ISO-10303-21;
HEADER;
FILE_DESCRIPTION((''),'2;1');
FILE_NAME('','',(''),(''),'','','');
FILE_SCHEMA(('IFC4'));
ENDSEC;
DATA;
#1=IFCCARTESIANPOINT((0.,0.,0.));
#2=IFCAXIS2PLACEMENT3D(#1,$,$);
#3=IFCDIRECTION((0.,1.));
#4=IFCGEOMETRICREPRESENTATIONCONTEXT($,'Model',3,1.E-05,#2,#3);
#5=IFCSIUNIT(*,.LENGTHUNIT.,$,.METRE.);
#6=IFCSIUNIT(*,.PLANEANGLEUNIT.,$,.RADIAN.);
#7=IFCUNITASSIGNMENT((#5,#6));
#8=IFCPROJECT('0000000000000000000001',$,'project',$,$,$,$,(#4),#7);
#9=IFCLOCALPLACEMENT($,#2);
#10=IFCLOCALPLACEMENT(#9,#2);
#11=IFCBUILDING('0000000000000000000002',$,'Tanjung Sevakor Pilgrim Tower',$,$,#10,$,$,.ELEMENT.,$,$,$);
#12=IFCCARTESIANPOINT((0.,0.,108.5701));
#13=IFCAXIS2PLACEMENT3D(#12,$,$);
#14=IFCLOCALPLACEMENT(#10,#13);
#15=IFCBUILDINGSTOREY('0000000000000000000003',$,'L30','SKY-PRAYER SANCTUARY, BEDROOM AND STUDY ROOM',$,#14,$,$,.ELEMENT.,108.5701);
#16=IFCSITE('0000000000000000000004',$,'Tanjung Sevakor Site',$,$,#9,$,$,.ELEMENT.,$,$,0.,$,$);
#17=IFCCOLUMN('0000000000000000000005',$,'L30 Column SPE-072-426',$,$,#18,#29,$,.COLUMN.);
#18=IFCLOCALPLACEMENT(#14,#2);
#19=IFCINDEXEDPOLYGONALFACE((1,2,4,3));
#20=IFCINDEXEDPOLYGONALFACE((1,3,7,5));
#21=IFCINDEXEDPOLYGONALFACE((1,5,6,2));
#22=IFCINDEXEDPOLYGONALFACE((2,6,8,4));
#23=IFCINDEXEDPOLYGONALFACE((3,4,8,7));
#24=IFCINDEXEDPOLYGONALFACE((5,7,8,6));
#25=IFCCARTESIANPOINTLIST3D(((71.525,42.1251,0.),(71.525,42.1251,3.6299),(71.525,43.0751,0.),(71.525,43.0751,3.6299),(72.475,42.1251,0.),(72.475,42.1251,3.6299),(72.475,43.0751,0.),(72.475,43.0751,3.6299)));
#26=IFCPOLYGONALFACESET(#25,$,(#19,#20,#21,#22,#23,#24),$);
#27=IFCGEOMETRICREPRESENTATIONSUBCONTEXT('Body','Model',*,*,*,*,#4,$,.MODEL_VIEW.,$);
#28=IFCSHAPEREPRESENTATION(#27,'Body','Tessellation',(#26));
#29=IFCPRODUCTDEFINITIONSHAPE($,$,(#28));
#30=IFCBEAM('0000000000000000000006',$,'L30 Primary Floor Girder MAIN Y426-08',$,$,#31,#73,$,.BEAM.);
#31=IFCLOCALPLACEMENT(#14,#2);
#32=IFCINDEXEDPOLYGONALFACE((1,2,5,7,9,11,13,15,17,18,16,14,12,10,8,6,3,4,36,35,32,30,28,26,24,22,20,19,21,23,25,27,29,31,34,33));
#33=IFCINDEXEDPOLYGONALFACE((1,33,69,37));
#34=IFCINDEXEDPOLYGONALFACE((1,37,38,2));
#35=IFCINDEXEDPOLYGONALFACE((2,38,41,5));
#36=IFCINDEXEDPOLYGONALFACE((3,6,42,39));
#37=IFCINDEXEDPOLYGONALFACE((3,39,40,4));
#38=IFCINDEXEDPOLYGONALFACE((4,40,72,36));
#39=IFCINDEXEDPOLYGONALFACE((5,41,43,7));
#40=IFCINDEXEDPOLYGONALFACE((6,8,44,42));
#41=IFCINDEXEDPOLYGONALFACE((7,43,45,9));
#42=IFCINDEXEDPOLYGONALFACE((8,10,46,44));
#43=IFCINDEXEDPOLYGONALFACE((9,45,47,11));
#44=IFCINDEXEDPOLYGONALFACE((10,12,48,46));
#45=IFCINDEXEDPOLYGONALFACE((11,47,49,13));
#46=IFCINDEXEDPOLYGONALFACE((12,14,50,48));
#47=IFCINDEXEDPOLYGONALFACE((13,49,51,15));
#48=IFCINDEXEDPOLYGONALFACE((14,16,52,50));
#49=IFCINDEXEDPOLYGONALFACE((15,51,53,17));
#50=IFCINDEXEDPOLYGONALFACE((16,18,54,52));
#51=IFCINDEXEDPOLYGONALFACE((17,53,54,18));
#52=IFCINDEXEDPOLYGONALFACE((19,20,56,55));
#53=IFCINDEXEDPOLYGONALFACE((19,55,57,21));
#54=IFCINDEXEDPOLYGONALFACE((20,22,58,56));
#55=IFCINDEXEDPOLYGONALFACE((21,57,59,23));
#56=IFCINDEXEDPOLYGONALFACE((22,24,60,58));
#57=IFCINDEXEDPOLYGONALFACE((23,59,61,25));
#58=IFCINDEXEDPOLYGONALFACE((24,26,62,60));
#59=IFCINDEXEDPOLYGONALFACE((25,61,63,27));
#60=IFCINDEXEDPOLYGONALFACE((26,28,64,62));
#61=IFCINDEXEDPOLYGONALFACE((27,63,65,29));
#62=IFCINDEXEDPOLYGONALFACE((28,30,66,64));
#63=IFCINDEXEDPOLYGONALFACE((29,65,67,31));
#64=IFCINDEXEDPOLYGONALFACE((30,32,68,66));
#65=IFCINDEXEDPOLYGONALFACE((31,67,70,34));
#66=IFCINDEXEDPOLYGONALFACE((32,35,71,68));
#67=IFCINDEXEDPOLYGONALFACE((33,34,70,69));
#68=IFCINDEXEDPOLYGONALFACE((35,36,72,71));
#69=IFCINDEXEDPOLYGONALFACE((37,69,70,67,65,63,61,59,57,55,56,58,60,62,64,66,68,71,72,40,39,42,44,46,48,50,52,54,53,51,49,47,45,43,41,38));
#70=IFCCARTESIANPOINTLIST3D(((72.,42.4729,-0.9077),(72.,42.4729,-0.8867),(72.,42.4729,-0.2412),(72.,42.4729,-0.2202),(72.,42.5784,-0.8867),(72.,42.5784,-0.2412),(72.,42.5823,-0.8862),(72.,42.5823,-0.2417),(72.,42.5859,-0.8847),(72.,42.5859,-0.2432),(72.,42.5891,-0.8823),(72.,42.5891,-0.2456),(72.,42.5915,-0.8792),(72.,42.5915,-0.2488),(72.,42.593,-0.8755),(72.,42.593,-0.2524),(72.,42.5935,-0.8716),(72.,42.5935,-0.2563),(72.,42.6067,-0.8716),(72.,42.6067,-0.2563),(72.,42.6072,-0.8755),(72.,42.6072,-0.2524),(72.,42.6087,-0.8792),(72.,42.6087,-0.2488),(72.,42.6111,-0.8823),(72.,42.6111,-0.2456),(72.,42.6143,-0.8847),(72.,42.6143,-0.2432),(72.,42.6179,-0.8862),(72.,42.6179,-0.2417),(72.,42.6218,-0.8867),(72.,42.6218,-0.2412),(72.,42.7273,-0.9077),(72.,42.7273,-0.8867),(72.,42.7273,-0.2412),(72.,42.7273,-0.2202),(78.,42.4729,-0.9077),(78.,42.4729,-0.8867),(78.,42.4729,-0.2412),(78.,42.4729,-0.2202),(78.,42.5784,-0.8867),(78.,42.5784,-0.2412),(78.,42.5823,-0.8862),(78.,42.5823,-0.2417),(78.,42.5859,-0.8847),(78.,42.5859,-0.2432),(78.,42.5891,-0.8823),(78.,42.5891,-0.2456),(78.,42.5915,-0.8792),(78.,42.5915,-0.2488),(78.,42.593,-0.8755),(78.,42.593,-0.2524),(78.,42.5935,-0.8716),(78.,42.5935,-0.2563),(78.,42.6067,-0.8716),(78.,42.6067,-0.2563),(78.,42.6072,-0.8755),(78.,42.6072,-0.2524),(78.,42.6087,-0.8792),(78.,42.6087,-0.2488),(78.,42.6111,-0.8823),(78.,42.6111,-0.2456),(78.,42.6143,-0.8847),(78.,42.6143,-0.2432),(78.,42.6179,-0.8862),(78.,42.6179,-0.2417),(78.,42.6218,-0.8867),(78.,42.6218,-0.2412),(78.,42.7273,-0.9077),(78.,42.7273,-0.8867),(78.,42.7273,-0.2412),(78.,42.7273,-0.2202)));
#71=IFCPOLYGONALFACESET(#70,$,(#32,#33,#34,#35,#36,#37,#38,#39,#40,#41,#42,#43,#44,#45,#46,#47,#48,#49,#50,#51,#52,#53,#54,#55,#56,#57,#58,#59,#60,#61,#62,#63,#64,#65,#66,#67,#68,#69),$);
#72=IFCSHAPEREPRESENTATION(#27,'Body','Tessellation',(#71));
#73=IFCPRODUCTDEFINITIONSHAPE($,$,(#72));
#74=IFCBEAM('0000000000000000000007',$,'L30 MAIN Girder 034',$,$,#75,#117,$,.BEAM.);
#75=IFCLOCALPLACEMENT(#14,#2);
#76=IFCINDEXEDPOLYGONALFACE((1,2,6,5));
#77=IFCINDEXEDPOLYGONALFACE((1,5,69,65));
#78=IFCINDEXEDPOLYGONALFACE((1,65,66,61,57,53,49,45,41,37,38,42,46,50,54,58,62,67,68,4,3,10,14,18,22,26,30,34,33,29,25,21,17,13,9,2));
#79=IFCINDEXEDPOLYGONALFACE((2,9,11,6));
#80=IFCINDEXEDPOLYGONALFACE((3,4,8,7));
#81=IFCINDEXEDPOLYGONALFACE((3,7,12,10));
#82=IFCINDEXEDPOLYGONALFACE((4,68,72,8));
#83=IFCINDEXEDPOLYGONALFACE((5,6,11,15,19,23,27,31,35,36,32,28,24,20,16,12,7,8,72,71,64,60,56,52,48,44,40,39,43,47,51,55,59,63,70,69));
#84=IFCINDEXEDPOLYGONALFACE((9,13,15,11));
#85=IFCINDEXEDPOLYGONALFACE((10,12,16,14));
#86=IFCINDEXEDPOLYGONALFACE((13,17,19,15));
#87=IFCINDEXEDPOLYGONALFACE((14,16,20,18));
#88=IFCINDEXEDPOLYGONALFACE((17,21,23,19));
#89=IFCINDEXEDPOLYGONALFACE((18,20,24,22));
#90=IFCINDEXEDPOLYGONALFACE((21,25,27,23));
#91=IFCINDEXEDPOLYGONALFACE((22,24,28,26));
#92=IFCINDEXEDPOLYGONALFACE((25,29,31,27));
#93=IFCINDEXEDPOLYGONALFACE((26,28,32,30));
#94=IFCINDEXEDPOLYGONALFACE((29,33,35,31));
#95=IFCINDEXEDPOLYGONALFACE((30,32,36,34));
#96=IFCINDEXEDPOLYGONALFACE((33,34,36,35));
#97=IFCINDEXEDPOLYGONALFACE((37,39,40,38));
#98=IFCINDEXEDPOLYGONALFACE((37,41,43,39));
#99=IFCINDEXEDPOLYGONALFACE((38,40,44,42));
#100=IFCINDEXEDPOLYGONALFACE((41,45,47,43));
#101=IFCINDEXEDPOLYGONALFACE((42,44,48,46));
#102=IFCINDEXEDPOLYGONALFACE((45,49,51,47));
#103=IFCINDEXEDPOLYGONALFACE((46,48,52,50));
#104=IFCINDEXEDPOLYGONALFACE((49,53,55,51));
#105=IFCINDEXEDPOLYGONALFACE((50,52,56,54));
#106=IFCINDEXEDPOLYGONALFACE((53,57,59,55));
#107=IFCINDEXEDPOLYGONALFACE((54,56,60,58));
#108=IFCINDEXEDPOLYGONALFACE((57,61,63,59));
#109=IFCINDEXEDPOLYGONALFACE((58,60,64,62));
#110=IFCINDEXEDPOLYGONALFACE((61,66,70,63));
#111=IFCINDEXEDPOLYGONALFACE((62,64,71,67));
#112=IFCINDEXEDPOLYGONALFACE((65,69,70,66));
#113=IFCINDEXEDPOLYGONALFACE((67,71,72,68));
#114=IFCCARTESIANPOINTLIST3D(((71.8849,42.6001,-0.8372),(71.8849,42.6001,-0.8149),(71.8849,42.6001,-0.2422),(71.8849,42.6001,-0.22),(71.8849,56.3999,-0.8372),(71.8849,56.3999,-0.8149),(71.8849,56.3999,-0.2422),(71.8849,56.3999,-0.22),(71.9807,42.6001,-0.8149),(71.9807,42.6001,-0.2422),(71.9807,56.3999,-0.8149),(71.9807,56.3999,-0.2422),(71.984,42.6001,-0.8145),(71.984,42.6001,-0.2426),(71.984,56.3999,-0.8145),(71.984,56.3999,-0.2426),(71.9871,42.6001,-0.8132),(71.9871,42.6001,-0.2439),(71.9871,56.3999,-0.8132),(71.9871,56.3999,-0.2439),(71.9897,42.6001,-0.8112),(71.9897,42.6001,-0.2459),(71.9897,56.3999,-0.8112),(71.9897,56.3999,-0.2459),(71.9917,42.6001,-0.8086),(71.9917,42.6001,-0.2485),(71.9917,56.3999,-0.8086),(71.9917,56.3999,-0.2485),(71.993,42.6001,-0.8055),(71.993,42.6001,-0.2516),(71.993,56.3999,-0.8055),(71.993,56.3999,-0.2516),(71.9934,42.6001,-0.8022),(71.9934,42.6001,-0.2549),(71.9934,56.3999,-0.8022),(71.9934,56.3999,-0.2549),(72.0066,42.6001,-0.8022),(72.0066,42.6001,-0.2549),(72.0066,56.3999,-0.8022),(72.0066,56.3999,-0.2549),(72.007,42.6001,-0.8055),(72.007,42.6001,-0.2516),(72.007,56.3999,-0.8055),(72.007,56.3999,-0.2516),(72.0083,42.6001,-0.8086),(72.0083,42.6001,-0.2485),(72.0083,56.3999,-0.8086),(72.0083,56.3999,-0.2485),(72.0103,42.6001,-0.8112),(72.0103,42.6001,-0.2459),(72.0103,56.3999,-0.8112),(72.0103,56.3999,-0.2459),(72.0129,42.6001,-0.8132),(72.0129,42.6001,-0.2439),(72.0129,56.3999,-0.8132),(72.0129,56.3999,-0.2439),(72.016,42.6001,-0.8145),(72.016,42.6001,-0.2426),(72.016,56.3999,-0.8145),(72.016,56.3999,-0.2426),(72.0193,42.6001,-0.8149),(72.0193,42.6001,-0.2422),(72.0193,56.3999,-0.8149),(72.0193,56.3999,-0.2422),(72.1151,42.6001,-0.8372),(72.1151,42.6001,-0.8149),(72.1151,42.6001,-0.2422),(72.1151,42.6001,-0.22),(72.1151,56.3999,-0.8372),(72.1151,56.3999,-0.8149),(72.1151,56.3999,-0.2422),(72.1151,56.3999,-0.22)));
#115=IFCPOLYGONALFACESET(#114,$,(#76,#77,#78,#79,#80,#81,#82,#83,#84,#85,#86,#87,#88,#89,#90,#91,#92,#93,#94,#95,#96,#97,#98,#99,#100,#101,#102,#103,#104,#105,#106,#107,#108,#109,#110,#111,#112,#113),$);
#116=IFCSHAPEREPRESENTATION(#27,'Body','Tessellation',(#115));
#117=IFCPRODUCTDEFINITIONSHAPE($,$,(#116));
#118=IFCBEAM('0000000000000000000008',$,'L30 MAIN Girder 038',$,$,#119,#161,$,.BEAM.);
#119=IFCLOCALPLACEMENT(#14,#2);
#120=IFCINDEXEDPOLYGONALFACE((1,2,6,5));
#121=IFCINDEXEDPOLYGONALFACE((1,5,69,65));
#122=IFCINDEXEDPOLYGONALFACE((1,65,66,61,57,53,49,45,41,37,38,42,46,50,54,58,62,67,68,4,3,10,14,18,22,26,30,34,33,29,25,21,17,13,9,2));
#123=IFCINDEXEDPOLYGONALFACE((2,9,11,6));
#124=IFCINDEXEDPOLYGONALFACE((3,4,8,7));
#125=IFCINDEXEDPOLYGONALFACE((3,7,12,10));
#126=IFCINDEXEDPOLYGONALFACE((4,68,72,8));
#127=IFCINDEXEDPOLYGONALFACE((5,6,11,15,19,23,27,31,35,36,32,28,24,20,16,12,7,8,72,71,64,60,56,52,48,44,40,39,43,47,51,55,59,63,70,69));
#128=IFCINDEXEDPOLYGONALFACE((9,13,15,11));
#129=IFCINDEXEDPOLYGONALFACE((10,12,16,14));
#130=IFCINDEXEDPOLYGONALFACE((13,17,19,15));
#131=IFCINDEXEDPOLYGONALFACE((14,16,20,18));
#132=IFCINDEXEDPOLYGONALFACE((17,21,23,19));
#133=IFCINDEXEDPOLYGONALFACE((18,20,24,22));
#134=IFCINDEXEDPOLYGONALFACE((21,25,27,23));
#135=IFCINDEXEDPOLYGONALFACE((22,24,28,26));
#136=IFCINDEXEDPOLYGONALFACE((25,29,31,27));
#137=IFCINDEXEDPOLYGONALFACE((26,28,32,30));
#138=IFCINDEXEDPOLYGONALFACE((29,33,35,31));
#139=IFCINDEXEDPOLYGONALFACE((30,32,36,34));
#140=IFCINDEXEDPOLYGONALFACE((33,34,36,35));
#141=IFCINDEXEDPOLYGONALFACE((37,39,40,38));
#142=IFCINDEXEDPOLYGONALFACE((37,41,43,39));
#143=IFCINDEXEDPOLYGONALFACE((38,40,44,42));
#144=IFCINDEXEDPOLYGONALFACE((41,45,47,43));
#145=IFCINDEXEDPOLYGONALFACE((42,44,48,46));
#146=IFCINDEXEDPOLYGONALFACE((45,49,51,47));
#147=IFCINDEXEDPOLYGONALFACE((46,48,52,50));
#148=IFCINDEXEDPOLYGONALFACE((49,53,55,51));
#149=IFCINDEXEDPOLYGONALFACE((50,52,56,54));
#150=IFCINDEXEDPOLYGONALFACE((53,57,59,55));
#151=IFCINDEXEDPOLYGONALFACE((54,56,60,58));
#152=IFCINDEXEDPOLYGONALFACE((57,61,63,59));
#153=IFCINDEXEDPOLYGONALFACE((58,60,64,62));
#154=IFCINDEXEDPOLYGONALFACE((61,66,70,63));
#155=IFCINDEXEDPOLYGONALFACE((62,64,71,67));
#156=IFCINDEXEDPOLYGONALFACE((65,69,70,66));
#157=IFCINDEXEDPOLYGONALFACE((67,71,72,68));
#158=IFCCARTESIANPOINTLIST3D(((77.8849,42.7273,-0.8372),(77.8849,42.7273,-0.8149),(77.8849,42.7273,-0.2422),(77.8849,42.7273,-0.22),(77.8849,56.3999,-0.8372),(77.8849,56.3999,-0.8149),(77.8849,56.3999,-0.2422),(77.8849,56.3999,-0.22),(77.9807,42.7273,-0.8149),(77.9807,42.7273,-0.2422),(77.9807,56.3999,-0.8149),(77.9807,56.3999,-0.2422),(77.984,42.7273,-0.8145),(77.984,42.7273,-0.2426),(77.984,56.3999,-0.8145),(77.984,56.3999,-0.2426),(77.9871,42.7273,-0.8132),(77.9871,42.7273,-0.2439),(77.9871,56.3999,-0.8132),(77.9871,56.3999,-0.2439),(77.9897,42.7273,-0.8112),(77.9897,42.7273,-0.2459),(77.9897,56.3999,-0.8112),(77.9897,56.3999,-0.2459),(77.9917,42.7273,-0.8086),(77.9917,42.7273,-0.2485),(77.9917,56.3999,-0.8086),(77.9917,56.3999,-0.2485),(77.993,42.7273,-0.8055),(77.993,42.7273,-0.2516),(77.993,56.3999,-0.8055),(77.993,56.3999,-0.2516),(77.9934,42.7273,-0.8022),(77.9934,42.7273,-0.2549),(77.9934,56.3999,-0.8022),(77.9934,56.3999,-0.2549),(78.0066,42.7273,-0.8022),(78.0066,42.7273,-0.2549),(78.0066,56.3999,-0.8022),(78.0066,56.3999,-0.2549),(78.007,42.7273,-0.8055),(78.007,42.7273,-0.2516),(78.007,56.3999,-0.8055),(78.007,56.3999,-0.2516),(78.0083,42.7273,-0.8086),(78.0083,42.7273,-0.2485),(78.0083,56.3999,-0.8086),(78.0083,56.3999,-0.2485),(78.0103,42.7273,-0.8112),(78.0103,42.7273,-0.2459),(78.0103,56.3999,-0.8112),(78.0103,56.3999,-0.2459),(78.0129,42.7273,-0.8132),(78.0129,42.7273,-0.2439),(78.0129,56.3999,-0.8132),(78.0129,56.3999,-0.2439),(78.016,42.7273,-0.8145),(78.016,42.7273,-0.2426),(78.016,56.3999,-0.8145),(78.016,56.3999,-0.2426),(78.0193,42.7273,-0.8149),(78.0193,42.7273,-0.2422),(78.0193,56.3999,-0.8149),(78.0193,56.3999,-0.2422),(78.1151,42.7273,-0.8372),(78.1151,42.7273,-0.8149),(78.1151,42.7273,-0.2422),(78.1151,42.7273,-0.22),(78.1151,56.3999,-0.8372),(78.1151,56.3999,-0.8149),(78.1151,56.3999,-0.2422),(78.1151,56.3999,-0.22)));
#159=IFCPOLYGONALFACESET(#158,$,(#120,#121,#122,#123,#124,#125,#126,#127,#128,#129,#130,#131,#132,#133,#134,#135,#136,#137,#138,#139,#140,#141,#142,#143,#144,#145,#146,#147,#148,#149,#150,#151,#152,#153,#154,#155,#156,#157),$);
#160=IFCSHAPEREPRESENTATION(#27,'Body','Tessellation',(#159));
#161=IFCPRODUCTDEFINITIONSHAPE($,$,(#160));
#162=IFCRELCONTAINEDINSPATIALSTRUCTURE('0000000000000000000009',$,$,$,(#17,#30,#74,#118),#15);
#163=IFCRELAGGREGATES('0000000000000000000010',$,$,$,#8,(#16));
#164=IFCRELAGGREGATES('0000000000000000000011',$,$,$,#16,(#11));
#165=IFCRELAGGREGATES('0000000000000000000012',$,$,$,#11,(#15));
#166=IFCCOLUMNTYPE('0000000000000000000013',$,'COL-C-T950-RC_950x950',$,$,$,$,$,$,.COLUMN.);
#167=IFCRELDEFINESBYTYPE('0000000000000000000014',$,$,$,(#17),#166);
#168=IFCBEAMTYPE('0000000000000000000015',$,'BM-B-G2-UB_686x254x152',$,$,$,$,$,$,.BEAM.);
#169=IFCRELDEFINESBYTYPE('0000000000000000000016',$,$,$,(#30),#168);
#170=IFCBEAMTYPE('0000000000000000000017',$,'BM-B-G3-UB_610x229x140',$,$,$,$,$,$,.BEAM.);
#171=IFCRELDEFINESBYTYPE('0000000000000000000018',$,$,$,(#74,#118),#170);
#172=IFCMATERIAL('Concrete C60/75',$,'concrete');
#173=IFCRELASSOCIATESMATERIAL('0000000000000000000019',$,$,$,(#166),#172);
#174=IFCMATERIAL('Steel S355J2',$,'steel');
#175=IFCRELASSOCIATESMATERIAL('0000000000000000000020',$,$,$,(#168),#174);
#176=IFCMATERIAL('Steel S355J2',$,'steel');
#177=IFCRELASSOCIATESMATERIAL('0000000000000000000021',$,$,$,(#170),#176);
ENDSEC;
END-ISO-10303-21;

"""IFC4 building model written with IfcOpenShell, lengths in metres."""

from ifc_helpers import new_model, si_unit, direction, frame, origin, origin_2d, place, context, subcontext, project, spatial, rectangle, i_section, extrude, material, material_profile, profile_set, type_object, element, save


model = new_model("IFC4")

# Units and contexts
model_context = context("Model", 3, precision=1e-05, world=origin(), true_north=direction((0.0, 1.0)))
body_context = subcontext(model_context, "Body", "Model", "MODEL_VIEW")
ifc_project = project(units=[si_unit("LENGTHUNIT", "METRE"), si_unit("PLANEANGLEUNIT", "RADIAN")], contexts=[model_context])

# Site, building, storey
site_placement = place(None, origin())
site = spatial("IfcSite", under=ifc_project, at=site_placement, Name="Tanjung Sevakor Site", CompositionType="ELEMENT", RefElevation=0.0)
building_placement = place(site_placement, origin())
building = spatial("IfcBuilding", under=site, at=building_placement, Name="Tanjung Sevakor Pilgrim Tower", CompositionType="ELEMENT")
storey_placement = place(building_placement, frame((0.0, 0.0, 108.5701)))
storey = spatial("IfcBuildingStorey", under=building, at=storey_placement, Name="L30", Description="SKY-PRAYER SANCTUARY, BEDROOM AND STUDY ROOM", CompositionType="ELEMENT", Elevation=108.5701)

# Column
ifc_material_1 = material(Name="Concrete C60/75", Category="concrete")
ifc_material_profile_1 = material_profile(ifc_material_1, rectangle(XDim=0.95, YDim=0.95, at=origin_2d()))
ifc_profile_set_1 = profile_set([ifc_material_profile_1], Name="Concrete C60/75")
column_type = type_object("IfcColumnType", Name="COL-C-T950-RC_950x950", PredefinedType="COLUMN", material=ifc_profile_set_1)
column_placement = place(storey_placement, frame((72.0, 42.6001, 0.0), z_axis=(0.0, 0.0, 1.0), x_axis=(1.0, 0.0, 0.0)))
element("IfcColumn", 1, at=column_placement, inside=storey, type_object=column_type, Name="L30 Column SPE-072-426", PredefinedType="COLUMN", context=body_context, shape_type="SweptSolid", body=[
    extrude(rectangle(XDim=0.95, YDim=0.95, at=origin_2d()), origin(), (0.0, 0.0, 1.0), 3.6299),
])

# Beams
ifc_material_2 = material(Name="Steel S355J2", Category="steel")
ifc_material_profile_2 = material_profile(ifc_material_2, i_section(OverallWidth=0.2544, OverallDepth=0.6875, WebThickness=0.0132, FlangeThickness=0.021, FilletRadius=0.0151, at=origin_2d()))
ifc_profile_set_2 = profile_set([ifc_material_profile_2], Name="Steel S355J2")
beam_type_1 = type_object("IfcBeamType", Name="BM-B-G2-UB_686x254x152", PredefinedType="BEAM", material=ifc_profile_set_2)
beam_1_placement = place(storey_placement, frame((72.0, 42.6001, -0.564), z_axis=(1.0, 0.0, 0.0), x_axis=(0.0, 1.0, 0.0)))
element("IfcBeam", 2, at=beam_1_placement, inside=storey, type_object=beam_type_1, Name="L30 Primary Floor Girder MAIN Y426-08", PredefinedType="BEAM", context=body_context, shape_type="SweptSolid", body=[
    extrude(i_section(OverallWidth=0.2544, OverallDepth=0.6875, WebThickness=0.0132, FlangeThickness=0.021, FilletRadius=0.0151, at=origin_2d()), origin(), (0.0, 0.0, 1.0), 6.0),
])
ifc_material_3 = material(Name="Steel S355J2", Category="steel")
ifc_material_profile_3 = material_profile(ifc_material_3, i_section(OverallWidth=0.2302, OverallDepth=0.6172, WebThickness=0.0132, FlangeThickness=0.0222, FilletRadius=0.0127, at=origin_2d()))
ifc_profile_set_3 = profile_set([ifc_material_profile_3], Name="Steel S355J2")
beam_type_2 = type_object("IfcBeamType", Name="BM-B-G3-UB_610x229x140", PredefinedType="BEAM", material=ifc_profile_set_3)
beam_2_placement = place(storey_placement, frame((72.0, 42.6001, -0.5286), z_axis=(0.0, 1.0, 0.0), x_axis=(-1.0, 0.0, 0.0)))
element("IfcBeam", 3, at=beam_2_placement, inside=storey, type_object=beam_type_2, Name="L30 MAIN Girder 034", PredefinedType="BEAM", context=body_context, shape_type="SweptSolid", body=[
    extrude(i_section(OverallWidth=0.2302, OverallDepth=0.6172, WebThickness=0.0132, FlangeThickness=0.0222, FilletRadius=0.0127, at=origin_2d()), origin(), (0.0, 0.0, 1.0), 13.7998),
])
beam_3_placement = place(storey_placement, frame((78.0, 42.7273, -0.5286), z_axis=(0.0, 1.0, 0.0), x_axis=(-1.0, 0.0, 0.0)))
element("IfcBeam", 4, at=beam_3_placement, inside=storey, type_object=beam_type_2, Name="L30 MAIN Girder 038", PredefinedType="BEAM", context=body_context, shape_type="SweptSolid", body=[
    extrude(i_section(OverallWidth=0.2302, OverallDepth=0.6172, WebThickness=0.0132, FlangeThickness=0.0222, FilletRadius=0.0127, at=origin_2d()), origin(), (0.0, 0.0, 1.0), 13.6726),
])

save(model, "model.ifc")
